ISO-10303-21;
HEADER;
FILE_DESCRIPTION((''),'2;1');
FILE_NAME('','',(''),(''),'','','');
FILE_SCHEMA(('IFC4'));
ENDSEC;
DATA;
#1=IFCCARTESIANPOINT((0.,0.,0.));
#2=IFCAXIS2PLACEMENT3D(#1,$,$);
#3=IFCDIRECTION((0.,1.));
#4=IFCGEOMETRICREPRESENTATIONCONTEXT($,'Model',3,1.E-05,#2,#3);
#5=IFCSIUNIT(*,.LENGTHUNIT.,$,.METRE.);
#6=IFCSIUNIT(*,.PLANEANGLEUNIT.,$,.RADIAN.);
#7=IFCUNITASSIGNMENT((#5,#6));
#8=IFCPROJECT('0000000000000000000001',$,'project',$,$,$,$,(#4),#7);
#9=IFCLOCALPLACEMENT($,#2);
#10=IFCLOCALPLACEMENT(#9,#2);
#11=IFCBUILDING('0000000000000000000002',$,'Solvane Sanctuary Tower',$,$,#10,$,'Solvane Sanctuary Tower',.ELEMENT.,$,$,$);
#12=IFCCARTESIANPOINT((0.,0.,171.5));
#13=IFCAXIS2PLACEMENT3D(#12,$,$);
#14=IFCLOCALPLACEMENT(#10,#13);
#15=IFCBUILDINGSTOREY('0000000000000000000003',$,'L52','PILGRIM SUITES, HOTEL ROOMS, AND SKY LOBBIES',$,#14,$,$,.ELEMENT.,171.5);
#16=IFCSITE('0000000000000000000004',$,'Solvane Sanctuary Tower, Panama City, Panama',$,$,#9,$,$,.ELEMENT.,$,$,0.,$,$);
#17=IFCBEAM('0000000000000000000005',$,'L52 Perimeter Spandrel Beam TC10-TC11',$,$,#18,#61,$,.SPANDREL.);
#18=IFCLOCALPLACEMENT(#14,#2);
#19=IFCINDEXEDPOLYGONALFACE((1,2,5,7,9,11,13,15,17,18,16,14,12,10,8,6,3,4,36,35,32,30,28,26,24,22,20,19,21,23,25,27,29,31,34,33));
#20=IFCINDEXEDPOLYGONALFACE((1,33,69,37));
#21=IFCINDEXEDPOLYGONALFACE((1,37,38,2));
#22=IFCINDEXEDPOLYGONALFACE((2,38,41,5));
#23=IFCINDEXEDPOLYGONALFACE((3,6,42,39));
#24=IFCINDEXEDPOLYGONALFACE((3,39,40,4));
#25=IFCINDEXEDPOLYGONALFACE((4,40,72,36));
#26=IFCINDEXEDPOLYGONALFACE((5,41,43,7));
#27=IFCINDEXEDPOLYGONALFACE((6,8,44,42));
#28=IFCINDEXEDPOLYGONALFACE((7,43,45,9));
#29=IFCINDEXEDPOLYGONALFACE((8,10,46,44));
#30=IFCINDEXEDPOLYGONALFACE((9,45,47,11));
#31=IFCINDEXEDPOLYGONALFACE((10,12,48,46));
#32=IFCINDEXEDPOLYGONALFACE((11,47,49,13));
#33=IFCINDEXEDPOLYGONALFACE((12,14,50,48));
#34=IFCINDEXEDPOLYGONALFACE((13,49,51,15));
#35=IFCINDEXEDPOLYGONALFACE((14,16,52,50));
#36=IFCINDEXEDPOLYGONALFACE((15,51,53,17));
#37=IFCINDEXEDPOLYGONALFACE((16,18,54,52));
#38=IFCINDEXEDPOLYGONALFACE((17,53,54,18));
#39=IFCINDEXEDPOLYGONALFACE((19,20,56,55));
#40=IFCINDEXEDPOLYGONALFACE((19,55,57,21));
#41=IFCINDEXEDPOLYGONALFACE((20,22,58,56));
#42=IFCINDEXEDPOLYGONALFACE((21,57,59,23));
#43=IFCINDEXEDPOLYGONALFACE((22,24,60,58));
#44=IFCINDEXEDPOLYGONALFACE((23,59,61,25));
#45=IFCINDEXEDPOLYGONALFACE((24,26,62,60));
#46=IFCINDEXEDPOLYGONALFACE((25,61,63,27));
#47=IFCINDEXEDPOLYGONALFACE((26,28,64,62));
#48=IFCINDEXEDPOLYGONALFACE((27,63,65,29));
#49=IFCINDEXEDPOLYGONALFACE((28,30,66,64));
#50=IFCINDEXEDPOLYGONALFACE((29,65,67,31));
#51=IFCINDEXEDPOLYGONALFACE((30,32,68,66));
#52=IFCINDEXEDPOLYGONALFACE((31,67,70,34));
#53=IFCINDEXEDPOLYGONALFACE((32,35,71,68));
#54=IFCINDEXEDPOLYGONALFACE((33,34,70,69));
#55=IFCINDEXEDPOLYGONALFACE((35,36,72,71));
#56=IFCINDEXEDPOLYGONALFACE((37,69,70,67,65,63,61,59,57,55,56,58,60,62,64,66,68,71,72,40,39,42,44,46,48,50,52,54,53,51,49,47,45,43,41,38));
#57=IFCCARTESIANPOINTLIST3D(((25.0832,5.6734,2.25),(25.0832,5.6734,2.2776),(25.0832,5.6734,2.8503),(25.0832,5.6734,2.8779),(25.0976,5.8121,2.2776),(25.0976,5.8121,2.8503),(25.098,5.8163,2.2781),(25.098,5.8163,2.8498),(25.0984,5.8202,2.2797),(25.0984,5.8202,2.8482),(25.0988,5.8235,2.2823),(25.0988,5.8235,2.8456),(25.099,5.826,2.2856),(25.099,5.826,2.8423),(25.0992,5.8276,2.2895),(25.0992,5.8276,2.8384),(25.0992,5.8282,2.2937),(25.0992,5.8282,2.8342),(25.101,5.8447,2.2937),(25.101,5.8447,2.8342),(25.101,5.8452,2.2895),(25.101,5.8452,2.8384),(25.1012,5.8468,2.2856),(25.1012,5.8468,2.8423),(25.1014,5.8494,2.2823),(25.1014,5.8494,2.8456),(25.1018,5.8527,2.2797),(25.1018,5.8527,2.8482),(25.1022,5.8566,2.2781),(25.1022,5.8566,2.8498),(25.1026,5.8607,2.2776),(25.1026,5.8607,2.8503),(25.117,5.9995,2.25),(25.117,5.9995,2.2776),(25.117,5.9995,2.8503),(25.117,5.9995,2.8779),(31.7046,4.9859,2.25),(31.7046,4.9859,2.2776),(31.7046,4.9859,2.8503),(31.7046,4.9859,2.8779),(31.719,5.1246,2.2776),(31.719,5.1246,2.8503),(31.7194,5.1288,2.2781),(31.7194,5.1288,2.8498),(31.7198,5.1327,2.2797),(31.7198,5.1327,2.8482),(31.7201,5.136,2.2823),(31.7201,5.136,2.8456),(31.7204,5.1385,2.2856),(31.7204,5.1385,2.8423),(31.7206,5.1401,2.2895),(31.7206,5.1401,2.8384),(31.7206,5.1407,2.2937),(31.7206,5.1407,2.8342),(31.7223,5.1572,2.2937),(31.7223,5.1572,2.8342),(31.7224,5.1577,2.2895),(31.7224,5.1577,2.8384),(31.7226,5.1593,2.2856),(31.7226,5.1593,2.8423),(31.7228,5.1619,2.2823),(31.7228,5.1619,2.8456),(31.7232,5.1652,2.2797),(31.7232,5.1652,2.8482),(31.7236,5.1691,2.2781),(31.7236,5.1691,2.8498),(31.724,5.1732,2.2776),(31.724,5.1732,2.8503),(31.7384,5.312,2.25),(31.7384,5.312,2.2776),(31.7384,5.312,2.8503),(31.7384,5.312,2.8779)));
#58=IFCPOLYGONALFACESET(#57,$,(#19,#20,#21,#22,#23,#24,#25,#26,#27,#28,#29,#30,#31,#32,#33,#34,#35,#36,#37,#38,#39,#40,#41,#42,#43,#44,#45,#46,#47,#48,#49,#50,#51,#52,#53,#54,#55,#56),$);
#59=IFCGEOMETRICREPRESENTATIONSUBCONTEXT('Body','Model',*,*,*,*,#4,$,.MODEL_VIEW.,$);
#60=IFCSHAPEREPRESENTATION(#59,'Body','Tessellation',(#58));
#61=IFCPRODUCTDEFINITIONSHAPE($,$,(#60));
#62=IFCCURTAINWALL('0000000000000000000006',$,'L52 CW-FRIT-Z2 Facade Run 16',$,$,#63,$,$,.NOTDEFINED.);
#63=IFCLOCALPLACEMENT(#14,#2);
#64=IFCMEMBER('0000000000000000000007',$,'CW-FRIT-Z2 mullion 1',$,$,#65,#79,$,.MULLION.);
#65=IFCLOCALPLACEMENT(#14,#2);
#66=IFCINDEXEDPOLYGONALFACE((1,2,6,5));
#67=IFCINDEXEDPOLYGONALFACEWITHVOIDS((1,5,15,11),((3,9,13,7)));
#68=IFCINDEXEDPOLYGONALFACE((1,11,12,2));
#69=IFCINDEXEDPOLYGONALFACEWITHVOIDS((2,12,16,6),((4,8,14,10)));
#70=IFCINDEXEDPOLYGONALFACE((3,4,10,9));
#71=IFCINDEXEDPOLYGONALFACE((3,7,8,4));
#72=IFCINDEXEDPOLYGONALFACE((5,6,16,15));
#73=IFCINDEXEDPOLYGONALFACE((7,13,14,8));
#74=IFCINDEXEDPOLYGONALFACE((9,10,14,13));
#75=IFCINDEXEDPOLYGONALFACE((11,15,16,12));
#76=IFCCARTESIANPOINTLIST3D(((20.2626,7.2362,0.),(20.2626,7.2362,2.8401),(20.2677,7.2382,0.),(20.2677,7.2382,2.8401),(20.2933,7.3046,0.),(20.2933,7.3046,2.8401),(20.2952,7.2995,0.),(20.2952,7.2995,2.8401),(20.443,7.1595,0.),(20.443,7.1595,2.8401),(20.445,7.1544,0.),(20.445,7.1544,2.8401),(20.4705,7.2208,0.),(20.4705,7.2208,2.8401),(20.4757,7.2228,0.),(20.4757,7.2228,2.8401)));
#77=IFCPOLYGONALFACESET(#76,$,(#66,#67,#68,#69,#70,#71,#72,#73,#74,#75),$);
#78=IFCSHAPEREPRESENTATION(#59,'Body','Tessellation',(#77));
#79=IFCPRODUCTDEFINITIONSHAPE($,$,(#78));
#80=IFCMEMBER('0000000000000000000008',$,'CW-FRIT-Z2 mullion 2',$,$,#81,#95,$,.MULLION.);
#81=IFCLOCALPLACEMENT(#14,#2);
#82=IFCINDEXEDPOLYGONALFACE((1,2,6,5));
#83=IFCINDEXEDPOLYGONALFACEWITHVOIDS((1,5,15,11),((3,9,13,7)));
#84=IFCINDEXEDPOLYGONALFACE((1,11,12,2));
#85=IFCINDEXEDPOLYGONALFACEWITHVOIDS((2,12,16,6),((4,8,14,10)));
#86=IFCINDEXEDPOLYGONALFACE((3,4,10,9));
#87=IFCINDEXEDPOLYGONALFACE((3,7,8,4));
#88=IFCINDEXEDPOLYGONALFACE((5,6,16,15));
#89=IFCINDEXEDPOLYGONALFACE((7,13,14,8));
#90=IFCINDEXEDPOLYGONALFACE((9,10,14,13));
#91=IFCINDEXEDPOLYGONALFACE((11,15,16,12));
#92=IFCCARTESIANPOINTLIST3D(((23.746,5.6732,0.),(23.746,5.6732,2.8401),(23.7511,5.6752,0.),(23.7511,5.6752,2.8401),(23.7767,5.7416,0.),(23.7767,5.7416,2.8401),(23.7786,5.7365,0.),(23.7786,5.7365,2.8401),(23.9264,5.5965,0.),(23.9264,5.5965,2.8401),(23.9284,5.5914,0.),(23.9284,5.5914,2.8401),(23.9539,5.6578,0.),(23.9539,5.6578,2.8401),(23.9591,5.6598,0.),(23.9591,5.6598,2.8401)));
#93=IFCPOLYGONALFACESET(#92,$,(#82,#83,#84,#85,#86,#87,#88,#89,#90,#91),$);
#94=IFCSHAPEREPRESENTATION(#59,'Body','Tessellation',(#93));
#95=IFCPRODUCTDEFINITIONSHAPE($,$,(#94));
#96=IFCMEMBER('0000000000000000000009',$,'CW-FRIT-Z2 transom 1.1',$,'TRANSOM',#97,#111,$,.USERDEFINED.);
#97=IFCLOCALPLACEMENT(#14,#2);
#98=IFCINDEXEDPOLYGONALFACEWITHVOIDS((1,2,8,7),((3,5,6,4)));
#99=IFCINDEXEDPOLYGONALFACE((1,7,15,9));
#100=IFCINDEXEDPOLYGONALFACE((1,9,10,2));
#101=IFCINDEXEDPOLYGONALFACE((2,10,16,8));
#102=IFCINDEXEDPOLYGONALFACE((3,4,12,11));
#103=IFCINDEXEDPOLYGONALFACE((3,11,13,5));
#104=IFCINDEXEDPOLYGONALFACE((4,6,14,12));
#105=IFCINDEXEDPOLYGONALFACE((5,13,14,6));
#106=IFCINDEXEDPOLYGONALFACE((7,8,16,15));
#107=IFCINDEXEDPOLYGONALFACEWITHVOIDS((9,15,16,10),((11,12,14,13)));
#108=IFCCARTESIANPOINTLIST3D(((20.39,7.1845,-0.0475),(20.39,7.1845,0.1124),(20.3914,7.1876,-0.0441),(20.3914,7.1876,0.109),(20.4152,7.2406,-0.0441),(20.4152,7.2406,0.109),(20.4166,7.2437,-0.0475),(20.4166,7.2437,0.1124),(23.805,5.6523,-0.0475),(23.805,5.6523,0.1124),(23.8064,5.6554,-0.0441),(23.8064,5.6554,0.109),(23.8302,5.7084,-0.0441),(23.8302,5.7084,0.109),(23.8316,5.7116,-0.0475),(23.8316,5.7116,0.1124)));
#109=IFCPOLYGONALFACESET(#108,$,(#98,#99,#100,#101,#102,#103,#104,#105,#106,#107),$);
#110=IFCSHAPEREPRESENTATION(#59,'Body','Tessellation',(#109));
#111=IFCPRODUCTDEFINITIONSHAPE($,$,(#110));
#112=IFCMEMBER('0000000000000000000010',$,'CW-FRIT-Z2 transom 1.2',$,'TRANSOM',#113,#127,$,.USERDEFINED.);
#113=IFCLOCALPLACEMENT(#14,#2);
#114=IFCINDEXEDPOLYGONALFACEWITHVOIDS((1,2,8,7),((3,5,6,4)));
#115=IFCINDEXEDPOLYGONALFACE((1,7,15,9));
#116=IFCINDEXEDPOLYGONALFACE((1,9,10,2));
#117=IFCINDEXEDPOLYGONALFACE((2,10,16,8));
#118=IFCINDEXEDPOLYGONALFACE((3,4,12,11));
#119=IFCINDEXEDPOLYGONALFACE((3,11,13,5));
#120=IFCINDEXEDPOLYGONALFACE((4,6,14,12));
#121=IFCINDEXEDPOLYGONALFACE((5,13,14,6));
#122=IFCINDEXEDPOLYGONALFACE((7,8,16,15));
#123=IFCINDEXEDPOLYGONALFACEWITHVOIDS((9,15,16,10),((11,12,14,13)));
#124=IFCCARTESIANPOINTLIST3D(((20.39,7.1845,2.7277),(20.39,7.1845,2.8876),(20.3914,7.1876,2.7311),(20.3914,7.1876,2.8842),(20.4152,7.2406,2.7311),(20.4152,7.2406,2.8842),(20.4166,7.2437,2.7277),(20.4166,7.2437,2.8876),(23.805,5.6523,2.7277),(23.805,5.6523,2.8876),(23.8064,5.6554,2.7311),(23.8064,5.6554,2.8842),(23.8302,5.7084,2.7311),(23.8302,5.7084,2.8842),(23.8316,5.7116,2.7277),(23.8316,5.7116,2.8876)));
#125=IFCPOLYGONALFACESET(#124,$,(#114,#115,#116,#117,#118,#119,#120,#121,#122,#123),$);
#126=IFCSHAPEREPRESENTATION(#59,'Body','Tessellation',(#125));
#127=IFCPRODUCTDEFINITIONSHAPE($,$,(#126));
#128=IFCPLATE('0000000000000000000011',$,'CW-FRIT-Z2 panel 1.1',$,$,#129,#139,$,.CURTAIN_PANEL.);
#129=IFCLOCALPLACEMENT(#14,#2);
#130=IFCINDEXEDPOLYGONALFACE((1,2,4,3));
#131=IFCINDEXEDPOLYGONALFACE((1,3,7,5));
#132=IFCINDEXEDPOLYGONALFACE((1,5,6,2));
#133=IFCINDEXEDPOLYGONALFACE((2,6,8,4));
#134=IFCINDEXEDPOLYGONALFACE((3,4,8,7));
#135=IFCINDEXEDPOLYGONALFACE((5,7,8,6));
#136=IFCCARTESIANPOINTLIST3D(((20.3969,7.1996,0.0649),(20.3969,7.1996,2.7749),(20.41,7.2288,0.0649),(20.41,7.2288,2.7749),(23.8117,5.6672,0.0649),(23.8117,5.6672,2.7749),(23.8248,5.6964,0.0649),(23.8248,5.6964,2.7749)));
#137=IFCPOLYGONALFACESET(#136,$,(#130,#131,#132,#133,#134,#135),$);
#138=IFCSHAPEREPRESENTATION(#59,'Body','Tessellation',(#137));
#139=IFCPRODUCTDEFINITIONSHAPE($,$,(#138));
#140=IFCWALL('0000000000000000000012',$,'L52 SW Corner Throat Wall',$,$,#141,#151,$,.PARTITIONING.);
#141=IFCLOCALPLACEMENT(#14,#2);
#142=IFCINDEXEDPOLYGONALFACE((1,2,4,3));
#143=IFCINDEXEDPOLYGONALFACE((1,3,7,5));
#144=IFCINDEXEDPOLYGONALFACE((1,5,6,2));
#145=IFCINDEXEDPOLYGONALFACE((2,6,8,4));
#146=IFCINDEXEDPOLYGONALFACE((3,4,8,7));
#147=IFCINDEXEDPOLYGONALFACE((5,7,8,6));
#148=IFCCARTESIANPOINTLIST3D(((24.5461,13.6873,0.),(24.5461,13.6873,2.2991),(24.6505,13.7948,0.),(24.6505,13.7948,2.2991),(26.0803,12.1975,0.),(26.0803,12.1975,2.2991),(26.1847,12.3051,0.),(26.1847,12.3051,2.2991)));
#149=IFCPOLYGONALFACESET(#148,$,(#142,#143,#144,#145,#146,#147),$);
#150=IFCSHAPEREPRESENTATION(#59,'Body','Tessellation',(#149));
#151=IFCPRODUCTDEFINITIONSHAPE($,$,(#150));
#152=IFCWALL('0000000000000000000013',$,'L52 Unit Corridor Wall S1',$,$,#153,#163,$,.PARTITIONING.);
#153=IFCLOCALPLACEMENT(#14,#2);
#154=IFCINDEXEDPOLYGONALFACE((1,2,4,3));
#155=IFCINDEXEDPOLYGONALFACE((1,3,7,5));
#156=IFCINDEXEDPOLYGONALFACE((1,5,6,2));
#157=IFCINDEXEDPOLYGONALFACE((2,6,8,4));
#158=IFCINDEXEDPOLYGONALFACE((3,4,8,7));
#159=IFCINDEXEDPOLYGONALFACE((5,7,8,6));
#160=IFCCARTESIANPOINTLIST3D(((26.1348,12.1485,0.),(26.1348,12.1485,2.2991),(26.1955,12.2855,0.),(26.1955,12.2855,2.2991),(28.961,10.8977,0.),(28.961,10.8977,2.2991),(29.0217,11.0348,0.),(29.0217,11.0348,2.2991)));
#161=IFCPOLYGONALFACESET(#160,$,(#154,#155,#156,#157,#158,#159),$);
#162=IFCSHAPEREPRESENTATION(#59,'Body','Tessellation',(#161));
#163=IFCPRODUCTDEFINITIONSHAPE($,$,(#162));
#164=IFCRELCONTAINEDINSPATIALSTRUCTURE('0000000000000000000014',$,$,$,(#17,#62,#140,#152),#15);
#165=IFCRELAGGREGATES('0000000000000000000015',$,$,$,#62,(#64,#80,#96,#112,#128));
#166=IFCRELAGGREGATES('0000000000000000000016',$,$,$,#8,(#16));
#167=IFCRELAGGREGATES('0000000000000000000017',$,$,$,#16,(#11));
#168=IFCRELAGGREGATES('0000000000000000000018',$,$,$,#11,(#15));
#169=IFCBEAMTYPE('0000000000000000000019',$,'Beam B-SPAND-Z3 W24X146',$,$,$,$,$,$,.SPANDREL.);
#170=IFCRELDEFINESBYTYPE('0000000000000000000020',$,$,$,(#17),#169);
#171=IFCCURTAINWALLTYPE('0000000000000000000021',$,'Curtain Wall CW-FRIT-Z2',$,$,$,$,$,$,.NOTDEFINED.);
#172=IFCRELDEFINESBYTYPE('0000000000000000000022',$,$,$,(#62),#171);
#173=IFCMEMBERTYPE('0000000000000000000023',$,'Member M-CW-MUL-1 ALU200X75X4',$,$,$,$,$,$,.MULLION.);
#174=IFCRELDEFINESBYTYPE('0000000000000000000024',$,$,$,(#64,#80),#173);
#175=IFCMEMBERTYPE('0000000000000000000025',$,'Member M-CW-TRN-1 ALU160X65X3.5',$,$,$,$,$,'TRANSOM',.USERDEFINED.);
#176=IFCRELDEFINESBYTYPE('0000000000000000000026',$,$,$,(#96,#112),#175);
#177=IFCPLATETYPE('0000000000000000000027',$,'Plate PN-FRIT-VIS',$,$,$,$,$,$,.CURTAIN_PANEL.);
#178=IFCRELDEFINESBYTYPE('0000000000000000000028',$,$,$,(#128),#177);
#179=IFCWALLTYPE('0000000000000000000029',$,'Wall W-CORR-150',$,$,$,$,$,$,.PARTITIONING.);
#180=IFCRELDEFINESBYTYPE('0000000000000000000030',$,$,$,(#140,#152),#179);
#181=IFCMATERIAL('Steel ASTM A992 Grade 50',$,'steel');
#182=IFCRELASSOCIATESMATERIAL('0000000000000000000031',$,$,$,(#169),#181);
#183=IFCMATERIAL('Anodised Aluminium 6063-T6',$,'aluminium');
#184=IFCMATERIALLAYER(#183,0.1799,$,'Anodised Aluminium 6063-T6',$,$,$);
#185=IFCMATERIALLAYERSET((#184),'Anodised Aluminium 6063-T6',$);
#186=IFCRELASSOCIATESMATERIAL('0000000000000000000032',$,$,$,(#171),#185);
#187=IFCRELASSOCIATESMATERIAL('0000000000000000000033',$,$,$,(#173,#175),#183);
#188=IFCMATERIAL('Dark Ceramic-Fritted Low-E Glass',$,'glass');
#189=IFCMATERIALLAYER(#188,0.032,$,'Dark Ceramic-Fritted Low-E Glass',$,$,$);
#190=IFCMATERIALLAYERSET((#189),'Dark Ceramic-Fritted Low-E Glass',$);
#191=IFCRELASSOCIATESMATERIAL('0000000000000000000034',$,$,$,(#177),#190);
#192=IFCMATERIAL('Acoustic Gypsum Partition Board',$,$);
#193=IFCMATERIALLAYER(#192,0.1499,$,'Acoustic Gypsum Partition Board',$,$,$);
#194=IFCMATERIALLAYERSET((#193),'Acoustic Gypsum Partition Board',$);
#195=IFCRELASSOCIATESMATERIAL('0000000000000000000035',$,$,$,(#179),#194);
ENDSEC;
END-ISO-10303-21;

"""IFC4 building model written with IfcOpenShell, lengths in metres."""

from ifc_helpers import new_model, si_unit, direction, frame, frame_2d, origin, origin_2d, place, context, subcontext, project, spatial, rectangle, hollow_rectangle, i_section, extrude, material, layer, layer_set, material_profile, profile_set, type_object, element, aggregate, save


model = new_model("IFC4")

# Units and contexts
model_context = context("Model", 3, precision=1e-05, world=origin(), true_north=direction((0.0, 1.0)))
body_context = subcontext(model_context, "Body", "Model", "MODEL_VIEW")
ifc_project = project(units=[si_unit("LENGTHUNIT", "METRE"), si_unit("PLANEANGLEUNIT", "RADIAN")], contexts=[model_context])

# Site, building, storey
site_placement = place(None, origin())
site = spatial("IfcSite", under=ifc_project, at=site_placement, Name="Solvane Sanctuary Tower, Panama City, Panama", CompositionType="ELEMENT", RefElevation=0.0)
building_placement = place(site_placement, origin())
building = spatial("IfcBuilding", under=site, at=building_placement, Name="Solvane Sanctuary Tower", LongName="Solvane Sanctuary Tower", CompositionType="ELEMENT")
storey_placement = place(building_placement, frame((0.0, 0.0, 171.5)))
storey = spatial("IfcBuildingStorey", under=building, at=storey_placement, Name="L52", Description="PILGRIM SUITES, HOTEL ROOMS, AND SKY LOBBIES", CompositionType="ELEMENT", Elevation=171.5)

# Beam
ifc_material_1 = material(Name="Steel ASTM A992 Grade 50", Category="steel")
ifc_material_profile_1 = material_profile(ifc_material_1, i_section(OverallWidth=0.3279, OverallDepth=0.6279, WebThickness=0.0166, FlangeThickness=0.0276, FilletRadius=0.0161, at=origin_2d()), Name="W24X146")
ifc_profile_set_1 = profile_set([ifc_material_profile_1], Name="Steel ASTM A992 Grade 50")
beam_type_1 = type_object("IfcBeamType", Name="Beam B-SPAND-Z3 W24X146", PredefinedType="SPANDREL", material=ifc_profile_set_1)
beam_1_placement = place(storey_placement, frame((25.1001, 5.8364, 2.564), z_axis=(0.994653, -0.103276, 0.0), x_axis=(0.103276, 0.994653, 0.0)))
element("IfcBeam", 1, at=beam_1_placement, inside=storey, type_object=beam_type_1, Name="L52 Perimeter Spandrel Beam TC10-TC11", PredefinedType="SPANDREL", context=body_context, shape_type="SweptSolid", body=[
    extrude(i_section(OverallWidth=0.3279, OverallDepth=0.6279, WebThickness=0.0166, FlangeThickness=0.0276, FilletRadius=0.0161, at=origin_2d()), origin(), (0.0, 0.0, 1.0), 6.657),
])

# Curtain wall, members, plate
ifc_material_2 = material(Name="Anodised Aluminium 6063-T6", Category="aluminium")
ifc_layer_1 = layer(ifc_material_2, 0.1799, Name="Anodised Aluminium 6063-T6")
ifc_layer_set_1 = layer_set([ifc_layer_1], Name="Anodised Aluminium 6063-T6")
curtain_wall_type = type_object("IfcCurtainWallType", Name="Curtain Wall CW-FRIT-Z2", PredefinedType="NOTDEFINED", material=ifc_layer_set_1)
curtain_wall_placement = place(storey_placement, origin())
curtain_wall = element("IfcCurtainWall", 2, at=curtain_wall_placement, inside=storey, type_object=curtain_wall_type, Name="L52 CW-FRIT-Z2 Facade Run 16", PredefinedType="NOTDEFINED")
ifc_material_profile_2 = material_profile(ifc_material_2, hollow_rectangle(XDim=0.075, YDim=0.2, WallThickness=0.0039, at=origin_2d()), Name="ALU200X75X4")
ifc_profile_set_2 = profile_set([ifc_material_profile_2], Name="Anodised Aluminium 6063-T6")
member_type_1 = type_object("IfcMemberType", Name="Member M-CW-MUL-1 ALU200X75X4", PredefinedType="MULLION", material=ifc_profile_set_2)
member_1_placement = place(storey_placement, frame((20.3691, 7.2295, 0.0), z_axis=(0.0, 0.0, 1.0), x_axis=(0.409411, 0.91235, 0.0)))
member_1 = element("IfcMember", 3, at=member_1_placement, type_object=member_type_1, Name="CW-FRIT-Z2 mullion 1", PredefinedType="MULLION", context=body_context, shape_type="SweptSolid", body=[
    extrude(hollow_rectangle(XDim=0.075, YDim=0.2, WallThickness=0.0039, at=origin_2d()), origin(), (0.0, 0.0, 1.0), 2.8401),
])
member_2_placement = place(storey_placement, frame((23.8525, 5.6665, 0.0), z_axis=(0.0, 0.0, 1.0), x_axis=(0.409411, 0.91235, 0.0)))
member_2 = element("IfcMember", 4, at=member_2_placement, type_object=member_type_1, Name="CW-FRIT-Z2 mullion 2", PredefinedType="MULLION", context=body_context, shape_type="SweptSolid", body=[
    extrude(hollow_rectangle(XDim=0.075, YDim=0.2, WallThickness=0.0039, at=origin_2d()), origin(), (0.0, 0.0, 1.0), 2.8401),
])
ifc_material_profile_3 = material_profile(ifc_material_2, hollow_rectangle(XDim=0.0649, YDim=0.1599, WallThickness=0.0034, at=origin_2d()), Name="ALU160X65X3.5")
ifc_profile_set_3 = profile_set([ifc_material_profile_3], Name="Anodised Aluminium 6063-T6")
member_type_2 = type_object("IfcMemberType", Name="Member M-CW-TRN-1 ALU160X65X3.5", ElementType="TRANSOM", PredefinedType="USERDEFINED", material=ifc_profile_set_3)
member_3_placement = place(storey_placement, frame((20.4033, 7.2141, 0.0325), z_axis=(0.912375, -0.409356, 0.0), x_axis=(0.409356, 0.912375, 0.0)))
member_3 = element("IfcMember", 5, at=member_3_placement, type_object=member_type_2, Name="CW-FRIT-Z2 transom 1.1", ObjectType="TRANSOM", PredefinedType="USERDEFINED", context=body_context, shape_type="SweptSolid", body=[
    extrude(hollow_rectangle(XDim=0.0649, YDim=0.1599, WallThickness=0.0034, at=origin_2d()), origin(), (0.0, 0.0, 1.0), 3.7429),
])
member_4_placement = place(storey_placement, frame((20.4033, 7.2141, 2.8076), z_axis=(0.912375, -0.409356, 0.0), x_axis=(0.409356, 0.912375, 0.0)))
member_4 = element("IfcMember", 6, at=member_4_placement, type_object=member_type_2, Name="CW-FRIT-Z2 transom 1.2", ObjectType="TRANSOM", PredefinedType="USERDEFINED", context=body_context, shape_type="SweptSolid", body=[
    extrude(hollow_rectangle(XDim=0.0649, YDim=0.1599, WallThickness=0.0034, at=origin_2d()), origin(), (0.0, 0.0, 1.0), 3.7429),
])
ifc_material_3 = material(Name="Dark Ceramic-Fritted Low-E Glass", Category="glass")
ifc_layer_2 = layer(ifc_material_3, 0.032, Name="Dark Ceramic-Fritted Low-E Glass")
ifc_layer_set_2 = layer_set([ifc_layer_2], Name="Dark Ceramic-Fritted Low-E Glass")
plate_type = type_object("IfcPlateType", Name="Plate PN-FRIT-VIS", PredefinedType="CURTAIN_PANEL", material=ifc_layer_set_2)
plate_placement = place(storey_placement, frame((22.1108, 6.448, 0.0649), z_axis=(0.0, 0.0, 1.0), x_axis=(0.91235, -0.409411, 0.0)))
plate = element("IfcPlate", 7, at=plate_placement, type_object=plate_type, Name="CW-FRIT-Z2 panel 1.1", PredefinedType="CURTAIN_PANEL", context=body_context, shape_type="SweptSolid", body=[
    extrude(rectangle(XDim=3.7429, YDim=0.032, at=origin_2d()), origin(), (0.0, 0.0, 1.0), 2.71),
])
aggregate(curtain_wall, [member_1, member_2, member_3, member_4, plate])

# Walls
ifc_material_4 = material(Name="Acoustic Gypsum Partition Board")
ifc_layer_3 = layer(ifc_material_4, 0.1499, Name="Acoustic Gypsum Partition Board")
ifc_layer_set_3 = layer_set([ifc_layer_3], Name="Acoustic Gypsum Partition Board")
wall_type_1 = type_object("IfcWallType", Name="Wall W-CORR-150", PredefinedType="PARTITIONING", material=ifc_layer_set_3)
wall_1_placement = place(storey_placement, frame((26.1326, 12.2512, 0.0), z_axis=(0.0, 0.0, 1.0), x_axis=(-0.71742, 0.696641, 0.0)))
element("IfcWall", 8, at=wall_1_placement, inside=storey, type_object=wall_type_1, Name="L52 SW Corner Throat Wall", PredefinedType="PARTITIONING", context=body_context, shape_type="SweptSolid", body=[
    extrude(rectangle(XDim=2.1384, YDim=0.1499, at=frame_2d((1.0693, 0.0))), origin(), (0.0, 0.0, 1.0), 2.2991),
])
wall_2_placement = place(storey_placement, frame((26.165, 12.217, 0.0), z_axis=(0.0, 0.0, 1.0), x_axis=(0.914452, -0.404694, 0.0)))
element("IfcWall", 9, at=wall_2_placement, inside=storey, type_object=wall_type_1, Name="L52 Unit Corridor Wall S1", PredefinedType="PARTITIONING", context=body_context, shape_type="SweptSolid", body=[
    extrude(rectangle(XDim=3.0906, YDim=0.1499, at=frame_2d((1.5454, 0.0))), origin(), (0.0, 0.0, 1.0), 2.2991),
])

save(model, "model.ifc")
